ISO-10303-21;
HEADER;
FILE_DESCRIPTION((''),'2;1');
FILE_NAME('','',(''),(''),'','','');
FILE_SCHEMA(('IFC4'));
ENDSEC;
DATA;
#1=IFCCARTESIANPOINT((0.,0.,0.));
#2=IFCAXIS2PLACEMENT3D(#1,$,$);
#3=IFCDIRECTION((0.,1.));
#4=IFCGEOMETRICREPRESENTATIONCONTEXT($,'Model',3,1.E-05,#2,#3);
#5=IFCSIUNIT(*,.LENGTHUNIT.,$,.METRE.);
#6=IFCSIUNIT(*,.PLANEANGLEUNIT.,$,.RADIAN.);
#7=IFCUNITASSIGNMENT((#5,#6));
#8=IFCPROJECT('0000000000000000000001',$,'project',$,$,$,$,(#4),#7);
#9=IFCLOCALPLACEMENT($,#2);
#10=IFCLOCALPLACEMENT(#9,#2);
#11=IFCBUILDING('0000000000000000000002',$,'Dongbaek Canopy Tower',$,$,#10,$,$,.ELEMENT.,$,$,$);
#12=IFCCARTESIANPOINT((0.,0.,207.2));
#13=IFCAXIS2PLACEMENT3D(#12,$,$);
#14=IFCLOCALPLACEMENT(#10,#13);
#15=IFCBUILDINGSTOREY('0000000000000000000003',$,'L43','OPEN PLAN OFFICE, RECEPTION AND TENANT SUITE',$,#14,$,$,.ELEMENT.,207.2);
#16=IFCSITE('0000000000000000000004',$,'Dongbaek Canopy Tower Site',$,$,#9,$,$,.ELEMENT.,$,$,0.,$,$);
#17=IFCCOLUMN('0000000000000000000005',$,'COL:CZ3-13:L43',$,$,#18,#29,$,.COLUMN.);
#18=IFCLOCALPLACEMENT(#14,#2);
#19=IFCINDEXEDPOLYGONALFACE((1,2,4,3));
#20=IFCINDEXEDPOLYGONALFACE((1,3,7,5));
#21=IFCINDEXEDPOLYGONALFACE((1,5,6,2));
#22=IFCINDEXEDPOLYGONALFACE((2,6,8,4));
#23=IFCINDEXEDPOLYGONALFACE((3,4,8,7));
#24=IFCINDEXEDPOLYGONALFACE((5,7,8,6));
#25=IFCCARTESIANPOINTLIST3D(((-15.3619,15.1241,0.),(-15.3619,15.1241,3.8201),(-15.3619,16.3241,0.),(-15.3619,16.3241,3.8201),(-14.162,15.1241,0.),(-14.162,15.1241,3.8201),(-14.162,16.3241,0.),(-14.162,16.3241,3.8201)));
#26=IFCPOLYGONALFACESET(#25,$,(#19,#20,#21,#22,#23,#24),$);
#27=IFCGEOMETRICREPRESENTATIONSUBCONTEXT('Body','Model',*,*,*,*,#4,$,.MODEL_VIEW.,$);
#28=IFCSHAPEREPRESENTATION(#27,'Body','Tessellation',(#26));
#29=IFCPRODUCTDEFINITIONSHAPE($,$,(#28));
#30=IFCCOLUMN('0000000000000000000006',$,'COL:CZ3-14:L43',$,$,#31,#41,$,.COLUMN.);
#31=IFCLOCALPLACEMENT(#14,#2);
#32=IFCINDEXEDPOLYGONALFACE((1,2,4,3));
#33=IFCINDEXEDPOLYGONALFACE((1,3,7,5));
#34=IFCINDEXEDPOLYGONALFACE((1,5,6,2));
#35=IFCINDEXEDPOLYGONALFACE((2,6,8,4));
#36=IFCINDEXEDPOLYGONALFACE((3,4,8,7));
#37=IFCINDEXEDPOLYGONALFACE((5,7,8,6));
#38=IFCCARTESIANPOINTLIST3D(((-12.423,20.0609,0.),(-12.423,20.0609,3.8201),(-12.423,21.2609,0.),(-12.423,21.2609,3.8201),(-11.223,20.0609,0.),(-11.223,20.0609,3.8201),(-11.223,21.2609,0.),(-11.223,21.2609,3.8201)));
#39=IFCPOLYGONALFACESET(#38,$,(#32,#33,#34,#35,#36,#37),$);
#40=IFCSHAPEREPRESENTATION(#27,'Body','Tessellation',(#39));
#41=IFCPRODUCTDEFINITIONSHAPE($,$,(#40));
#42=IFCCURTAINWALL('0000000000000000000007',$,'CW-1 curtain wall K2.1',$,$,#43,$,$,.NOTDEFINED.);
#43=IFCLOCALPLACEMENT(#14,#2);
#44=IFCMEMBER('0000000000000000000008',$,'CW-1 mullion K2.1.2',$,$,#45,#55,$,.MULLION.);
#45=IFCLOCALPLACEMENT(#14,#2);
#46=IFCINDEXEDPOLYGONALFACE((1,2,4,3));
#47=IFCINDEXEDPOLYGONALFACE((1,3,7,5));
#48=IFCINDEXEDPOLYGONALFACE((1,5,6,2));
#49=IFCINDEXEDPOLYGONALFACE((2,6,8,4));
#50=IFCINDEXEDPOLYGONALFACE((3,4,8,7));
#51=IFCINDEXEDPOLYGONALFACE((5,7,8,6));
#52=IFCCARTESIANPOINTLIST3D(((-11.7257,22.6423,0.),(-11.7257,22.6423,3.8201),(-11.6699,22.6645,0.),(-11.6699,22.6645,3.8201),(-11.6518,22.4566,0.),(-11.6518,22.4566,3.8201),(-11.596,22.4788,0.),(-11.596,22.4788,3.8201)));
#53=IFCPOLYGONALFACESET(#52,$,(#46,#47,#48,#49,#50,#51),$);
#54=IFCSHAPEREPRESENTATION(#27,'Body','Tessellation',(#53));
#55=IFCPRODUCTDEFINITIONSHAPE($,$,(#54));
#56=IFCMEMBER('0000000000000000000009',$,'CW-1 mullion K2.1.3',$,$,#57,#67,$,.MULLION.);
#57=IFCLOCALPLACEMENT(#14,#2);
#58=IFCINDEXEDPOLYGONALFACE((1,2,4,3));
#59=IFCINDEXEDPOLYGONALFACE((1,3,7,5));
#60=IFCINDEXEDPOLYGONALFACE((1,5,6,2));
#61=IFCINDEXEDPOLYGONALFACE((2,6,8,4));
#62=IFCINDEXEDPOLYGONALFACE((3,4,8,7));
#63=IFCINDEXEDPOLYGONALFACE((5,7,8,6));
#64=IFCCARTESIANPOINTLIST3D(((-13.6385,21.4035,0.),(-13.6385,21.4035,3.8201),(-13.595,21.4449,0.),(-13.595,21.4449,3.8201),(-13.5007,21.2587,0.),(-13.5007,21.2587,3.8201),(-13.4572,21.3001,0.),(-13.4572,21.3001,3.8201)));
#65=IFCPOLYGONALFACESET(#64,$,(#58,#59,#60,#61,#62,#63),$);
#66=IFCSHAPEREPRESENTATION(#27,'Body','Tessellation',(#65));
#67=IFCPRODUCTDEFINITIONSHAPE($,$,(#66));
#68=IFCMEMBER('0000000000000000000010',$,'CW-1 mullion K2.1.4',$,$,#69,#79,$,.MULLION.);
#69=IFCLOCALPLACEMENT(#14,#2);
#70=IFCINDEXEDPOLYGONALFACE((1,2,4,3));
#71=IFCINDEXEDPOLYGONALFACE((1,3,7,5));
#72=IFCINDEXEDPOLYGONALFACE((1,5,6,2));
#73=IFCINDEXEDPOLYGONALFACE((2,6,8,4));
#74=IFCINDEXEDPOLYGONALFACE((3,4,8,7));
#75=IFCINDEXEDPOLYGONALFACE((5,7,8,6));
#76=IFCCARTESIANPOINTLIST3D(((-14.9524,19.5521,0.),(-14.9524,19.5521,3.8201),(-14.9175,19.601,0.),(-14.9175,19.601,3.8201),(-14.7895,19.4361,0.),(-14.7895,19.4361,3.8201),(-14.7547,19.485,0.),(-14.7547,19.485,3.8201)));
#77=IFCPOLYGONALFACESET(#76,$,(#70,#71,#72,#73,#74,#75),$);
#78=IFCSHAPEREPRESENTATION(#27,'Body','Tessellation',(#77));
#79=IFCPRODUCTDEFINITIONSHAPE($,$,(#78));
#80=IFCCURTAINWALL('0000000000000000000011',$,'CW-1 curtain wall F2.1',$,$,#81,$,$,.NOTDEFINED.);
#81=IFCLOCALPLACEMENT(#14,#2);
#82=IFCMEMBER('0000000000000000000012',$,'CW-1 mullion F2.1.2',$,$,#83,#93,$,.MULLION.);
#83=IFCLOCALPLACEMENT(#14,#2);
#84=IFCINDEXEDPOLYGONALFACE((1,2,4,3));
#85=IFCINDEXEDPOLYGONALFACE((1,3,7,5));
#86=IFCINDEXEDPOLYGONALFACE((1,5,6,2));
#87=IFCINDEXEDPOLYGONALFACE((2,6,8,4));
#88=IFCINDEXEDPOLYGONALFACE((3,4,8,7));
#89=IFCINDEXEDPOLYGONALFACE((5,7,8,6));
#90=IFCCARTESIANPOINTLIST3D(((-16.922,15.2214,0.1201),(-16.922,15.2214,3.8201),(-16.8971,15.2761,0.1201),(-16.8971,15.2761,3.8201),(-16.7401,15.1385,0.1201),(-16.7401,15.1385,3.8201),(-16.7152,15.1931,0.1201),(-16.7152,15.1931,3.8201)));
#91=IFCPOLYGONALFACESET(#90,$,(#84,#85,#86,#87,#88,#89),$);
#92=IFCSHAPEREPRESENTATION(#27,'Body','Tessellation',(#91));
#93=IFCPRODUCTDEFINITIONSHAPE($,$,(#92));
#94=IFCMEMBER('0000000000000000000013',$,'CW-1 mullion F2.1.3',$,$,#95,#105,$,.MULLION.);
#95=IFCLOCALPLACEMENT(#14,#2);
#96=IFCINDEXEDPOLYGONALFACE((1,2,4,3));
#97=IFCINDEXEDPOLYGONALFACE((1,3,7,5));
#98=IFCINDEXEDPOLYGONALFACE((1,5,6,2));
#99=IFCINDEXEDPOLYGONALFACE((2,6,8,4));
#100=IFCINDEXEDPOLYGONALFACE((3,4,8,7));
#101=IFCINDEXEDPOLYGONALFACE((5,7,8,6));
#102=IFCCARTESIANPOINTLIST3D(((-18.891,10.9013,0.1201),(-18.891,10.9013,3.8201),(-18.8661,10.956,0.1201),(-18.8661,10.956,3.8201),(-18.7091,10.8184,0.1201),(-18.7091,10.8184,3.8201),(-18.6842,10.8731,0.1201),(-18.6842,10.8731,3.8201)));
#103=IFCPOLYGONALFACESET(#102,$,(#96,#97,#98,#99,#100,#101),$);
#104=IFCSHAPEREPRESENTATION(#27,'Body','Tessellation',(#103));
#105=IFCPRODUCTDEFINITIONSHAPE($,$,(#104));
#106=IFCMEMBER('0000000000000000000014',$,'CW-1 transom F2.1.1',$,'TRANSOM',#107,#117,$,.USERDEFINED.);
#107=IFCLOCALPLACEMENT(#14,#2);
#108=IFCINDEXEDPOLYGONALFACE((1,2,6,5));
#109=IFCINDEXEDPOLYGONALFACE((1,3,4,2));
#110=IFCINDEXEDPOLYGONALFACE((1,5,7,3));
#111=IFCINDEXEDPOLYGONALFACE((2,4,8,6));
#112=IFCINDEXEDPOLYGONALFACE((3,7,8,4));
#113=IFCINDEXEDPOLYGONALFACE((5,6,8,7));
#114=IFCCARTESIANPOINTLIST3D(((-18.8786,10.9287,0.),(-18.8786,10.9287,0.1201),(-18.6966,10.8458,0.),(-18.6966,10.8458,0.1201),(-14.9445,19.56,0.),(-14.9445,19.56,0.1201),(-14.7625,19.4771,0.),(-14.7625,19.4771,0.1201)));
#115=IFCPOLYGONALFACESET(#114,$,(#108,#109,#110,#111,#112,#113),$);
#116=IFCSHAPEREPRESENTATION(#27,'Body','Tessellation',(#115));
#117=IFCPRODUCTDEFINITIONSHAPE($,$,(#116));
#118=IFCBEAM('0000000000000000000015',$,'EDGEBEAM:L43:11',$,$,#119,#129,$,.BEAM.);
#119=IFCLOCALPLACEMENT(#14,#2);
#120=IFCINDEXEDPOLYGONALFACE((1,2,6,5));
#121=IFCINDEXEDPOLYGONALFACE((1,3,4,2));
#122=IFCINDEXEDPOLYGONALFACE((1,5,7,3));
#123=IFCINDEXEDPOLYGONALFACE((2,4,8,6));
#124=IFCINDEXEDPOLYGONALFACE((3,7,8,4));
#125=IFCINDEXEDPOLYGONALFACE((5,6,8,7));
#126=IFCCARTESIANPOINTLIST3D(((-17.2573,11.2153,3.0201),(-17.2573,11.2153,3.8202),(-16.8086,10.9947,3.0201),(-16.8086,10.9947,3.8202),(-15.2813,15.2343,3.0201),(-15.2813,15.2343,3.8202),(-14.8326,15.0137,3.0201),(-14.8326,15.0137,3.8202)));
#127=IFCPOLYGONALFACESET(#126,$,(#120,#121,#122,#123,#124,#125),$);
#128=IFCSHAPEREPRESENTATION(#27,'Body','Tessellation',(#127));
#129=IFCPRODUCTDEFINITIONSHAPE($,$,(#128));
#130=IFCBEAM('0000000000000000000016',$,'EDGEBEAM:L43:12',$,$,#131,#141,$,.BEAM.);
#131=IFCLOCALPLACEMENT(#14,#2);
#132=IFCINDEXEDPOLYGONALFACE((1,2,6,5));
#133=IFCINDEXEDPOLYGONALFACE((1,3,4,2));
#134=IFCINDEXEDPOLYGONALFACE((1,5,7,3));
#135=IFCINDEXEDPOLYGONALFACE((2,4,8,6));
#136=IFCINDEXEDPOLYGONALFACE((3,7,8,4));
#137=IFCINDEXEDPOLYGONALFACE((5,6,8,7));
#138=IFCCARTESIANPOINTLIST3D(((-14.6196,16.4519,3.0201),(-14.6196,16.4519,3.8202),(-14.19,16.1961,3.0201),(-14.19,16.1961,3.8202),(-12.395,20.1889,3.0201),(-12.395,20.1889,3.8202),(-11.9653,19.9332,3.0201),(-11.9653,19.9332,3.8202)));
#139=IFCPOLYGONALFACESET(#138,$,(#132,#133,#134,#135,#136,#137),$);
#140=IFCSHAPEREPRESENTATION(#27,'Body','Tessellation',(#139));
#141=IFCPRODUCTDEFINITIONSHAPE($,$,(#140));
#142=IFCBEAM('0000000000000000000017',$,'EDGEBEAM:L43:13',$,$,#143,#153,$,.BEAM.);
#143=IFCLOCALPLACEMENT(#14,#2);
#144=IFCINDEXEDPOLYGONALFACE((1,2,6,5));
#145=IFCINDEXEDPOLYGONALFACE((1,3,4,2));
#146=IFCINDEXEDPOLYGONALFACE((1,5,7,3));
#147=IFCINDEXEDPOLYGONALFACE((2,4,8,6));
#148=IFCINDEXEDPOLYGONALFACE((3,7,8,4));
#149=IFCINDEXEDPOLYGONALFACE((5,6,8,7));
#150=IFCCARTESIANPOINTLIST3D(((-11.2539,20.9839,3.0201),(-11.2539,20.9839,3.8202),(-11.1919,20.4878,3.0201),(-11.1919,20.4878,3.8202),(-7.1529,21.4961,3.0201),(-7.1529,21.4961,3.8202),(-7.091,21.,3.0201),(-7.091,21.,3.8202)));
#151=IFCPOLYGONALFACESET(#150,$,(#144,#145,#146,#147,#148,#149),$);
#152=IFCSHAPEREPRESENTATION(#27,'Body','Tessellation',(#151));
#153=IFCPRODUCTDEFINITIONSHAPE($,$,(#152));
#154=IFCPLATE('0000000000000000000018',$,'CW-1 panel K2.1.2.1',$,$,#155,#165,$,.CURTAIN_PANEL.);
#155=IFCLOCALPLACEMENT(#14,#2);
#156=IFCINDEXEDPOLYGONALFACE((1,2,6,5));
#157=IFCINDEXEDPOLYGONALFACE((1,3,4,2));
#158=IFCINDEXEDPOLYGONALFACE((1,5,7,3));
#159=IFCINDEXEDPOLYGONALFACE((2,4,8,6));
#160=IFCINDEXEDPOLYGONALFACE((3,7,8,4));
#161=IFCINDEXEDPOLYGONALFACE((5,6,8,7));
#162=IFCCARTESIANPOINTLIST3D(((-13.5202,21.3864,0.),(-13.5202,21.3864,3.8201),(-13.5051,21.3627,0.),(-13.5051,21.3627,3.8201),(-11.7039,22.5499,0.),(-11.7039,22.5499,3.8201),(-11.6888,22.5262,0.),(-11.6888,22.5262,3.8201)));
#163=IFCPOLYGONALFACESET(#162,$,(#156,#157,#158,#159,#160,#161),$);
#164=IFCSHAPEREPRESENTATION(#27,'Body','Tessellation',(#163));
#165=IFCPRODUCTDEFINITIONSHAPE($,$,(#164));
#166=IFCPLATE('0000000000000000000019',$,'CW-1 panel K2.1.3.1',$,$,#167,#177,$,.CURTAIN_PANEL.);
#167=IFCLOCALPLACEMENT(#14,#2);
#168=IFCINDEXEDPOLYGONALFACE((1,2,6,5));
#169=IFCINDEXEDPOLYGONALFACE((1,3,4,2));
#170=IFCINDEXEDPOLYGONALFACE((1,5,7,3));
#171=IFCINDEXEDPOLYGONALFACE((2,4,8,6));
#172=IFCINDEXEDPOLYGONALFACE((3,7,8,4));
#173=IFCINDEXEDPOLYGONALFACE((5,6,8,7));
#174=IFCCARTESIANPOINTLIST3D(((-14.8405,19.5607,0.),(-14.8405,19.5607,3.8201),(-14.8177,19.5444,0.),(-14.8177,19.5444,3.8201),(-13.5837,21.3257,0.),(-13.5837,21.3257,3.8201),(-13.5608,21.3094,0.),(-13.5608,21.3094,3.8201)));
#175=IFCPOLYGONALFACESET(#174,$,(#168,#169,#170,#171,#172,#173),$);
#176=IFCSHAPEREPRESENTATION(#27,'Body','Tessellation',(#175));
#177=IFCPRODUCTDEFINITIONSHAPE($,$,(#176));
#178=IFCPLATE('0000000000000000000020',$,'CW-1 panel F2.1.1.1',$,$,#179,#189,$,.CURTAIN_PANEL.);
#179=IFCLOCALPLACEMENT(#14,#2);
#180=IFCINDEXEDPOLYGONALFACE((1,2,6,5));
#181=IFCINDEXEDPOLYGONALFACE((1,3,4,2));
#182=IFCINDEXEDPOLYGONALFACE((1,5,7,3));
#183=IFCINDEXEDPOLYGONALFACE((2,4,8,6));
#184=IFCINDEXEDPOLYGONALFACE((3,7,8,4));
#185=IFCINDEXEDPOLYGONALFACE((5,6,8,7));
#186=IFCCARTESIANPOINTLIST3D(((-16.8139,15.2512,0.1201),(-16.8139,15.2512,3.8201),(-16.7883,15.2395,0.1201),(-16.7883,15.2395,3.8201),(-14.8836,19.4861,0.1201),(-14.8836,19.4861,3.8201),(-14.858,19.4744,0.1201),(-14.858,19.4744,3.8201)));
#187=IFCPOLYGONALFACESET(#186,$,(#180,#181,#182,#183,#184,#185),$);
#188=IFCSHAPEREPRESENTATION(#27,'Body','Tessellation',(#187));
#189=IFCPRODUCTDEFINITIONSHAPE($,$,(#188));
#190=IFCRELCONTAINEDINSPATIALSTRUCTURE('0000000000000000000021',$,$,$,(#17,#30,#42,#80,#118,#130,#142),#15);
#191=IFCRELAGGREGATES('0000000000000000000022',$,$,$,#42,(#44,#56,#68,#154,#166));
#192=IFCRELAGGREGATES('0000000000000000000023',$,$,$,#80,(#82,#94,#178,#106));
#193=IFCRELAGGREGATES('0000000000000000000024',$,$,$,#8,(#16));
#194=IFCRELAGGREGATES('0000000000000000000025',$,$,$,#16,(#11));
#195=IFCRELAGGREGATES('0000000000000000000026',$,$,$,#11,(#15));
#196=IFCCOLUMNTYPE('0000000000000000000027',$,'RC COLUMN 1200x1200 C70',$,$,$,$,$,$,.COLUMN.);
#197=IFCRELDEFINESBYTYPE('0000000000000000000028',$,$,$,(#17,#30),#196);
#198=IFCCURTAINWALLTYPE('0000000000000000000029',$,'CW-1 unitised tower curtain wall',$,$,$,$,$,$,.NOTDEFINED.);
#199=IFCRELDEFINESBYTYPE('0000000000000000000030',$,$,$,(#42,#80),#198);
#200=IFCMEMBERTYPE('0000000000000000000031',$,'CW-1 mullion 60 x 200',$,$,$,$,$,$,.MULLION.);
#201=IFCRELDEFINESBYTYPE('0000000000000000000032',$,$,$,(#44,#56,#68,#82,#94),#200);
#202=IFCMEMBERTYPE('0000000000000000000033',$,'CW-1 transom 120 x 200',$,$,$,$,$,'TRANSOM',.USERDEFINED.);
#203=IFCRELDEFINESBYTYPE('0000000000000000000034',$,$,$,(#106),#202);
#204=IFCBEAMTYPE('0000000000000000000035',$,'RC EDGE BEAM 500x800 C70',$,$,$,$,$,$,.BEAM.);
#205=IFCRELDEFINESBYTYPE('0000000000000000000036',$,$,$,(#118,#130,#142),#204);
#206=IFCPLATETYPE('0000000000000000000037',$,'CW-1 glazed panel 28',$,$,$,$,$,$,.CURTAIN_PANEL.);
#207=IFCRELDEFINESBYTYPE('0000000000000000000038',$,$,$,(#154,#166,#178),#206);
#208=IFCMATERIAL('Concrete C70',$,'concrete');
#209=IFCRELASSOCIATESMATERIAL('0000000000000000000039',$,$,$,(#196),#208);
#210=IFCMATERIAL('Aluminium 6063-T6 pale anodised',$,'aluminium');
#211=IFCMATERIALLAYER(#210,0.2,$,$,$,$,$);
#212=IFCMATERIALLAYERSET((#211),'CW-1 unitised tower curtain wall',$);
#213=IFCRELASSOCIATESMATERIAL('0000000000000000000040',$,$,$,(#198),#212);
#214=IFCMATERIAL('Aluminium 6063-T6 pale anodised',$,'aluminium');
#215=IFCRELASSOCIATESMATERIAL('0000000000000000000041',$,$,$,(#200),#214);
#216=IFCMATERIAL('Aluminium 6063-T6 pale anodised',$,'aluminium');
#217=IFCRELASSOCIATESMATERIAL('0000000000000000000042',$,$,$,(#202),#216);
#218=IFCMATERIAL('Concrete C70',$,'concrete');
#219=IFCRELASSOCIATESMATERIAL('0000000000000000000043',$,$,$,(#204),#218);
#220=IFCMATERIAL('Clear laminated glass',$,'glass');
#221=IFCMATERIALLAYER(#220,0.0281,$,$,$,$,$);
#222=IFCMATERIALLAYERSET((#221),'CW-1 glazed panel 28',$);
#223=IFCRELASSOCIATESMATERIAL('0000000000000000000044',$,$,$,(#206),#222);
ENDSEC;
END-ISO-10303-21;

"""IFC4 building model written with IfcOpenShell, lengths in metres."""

from ifc_helpers import new_model, si_unit, direction, frame, origin, origin_2d, place, context, subcontext, project, spatial, rectangle, extrude, material, layer, layer_set, material_profile, profile_set, type_object, element, aggregate, save


model = new_model("IFC4")

# Units and contexts
model_context = context("Model", 3, precision=1e-05, world=origin(), true_north=direction((0.0, 1.0)))
body_context = subcontext(model_context, "Body", "Model", "MODEL_VIEW")
ifc_project = project(units=[si_unit("LENGTHUNIT", "METRE"), si_unit("PLANEANGLEUNIT", "RADIAN")], contexts=[model_context])

# Site, building, storey
site_placement = place(None, origin())
site = spatial("IfcSite", under=ifc_project, at=site_placement, Name="Dongbaek Canopy Tower Site", CompositionType="ELEMENT", RefElevation=0.0)
building_placement = place(site_placement, origin())
building = spatial("IfcBuilding", under=site, at=building_placement, Name="Dongbaek Canopy Tower", CompositionType="ELEMENT")
storey_placement = place(building_placement, frame((0.0, 0.0, 207.2)))
storey = spatial("IfcBuildingStorey", under=building, at=storey_placement, Name="L43", Description="OPEN PLAN OFFICE, RECEPTION AND TENANT SUITE", CompositionType="ELEMENT", Elevation=207.2)

# Columns
ifc_material_1 = material(Name="Concrete C70", Category="concrete")
ifc_material_profile_1 = material_profile(ifc_material_1, rectangle(XDim=1.2, YDim=1.2, at=origin_2d()), Name="RC COLUMN 1200x1200 C70")
ifc_profile_set_1 = profile_set([ifc_material_profile_1], Name="Concrete C70")
column_type = type_object("IfcColumnType", Name="RC COLUMN 1200x1200 C70", PredefinedType="COLUMN", material=ifc_profile_set_1)
for number, where, z_axis, x_axis, name in (
    (1, (-14.762, 15.7241, 0.0), (0.0, 0.0, 1.0), (1.0, 0.0, 0.0), "COL:CZ3-13:L43"),
    (2, (-11.823, 20.6609, 0.0), (0.0, 0.0, 1.0), (1.0, 0.0, 0.0), "COL:CZ3-14:L43"),
):
    element("IfcColumn", number, at=place(storey_placement, frame(where, z_axis=z_axis, x_axis=x_axis)), inside=storey, type_object=column_type, Name=name, PredefinedType="COLUMN", context=body_context, shape_type="SweptSolid", body=[
        extrude(rectangle(XDim=1.2, YDim=1.2, at=origin_2d()), origin(), (0.0, 0.0, 1.0), 3.8201),
    ])

# Curtain walls, members
ifc_material_2 = material(Name="Aluminium 6063-T6 pale anodised", Category="aluminium")
ifc_layer_1 = layer(ifc_material_2, 0.2)
ifc_layer_set_1 = layer_set([ifc_layer_1], Name="CW-1 unitised tower curtain wall")
curtain_wall_type = type_object("IfcCurtainWallType", Name="CW-1 unitised tower curtain wall", PredefinedType="NOTDEFINED", material=ifc_layer_set_1)
curtain_wall_1_placement = place(storey_placement, origin())
curtain_wall_1 = element("IfcCurtainWall", 3, at=curtain_wall_1_placement, inside=storey, type_object=curtain_wall_type, Name="CW-1 curtain wall K2.1", PredefinedType="NOTDEFINED")
ifc_material_3 = material(Name="Aluminium 6063-T6 pale anodised", Category="aluminium")
ifc_material_profile_2 = material_profile(ifc_material_3, rectangle(XDim=0.2, YDim=0.0601, at=origin_2d()), Name="CW-1 mullion 60 x 200")
ifc_profile_set_2 = profile_set([ifc_material_profile_2], Name="Aluminium 6063-T6 pale anodised")
member_type_1 = type_object("IfcMemberType", Name="CW-1 mullion 60 x 200", PredefinedType="MULLION", material=ifc_profile_set_2)
member_1_placement = place(storey_placement, frame((-11.6609, 22.5605, 0.0), z_axis=(0.0, 0.0, 1.0), x_axis=(-0.369611, 0.929187, 0.0)))
member_1 = element("IfcMember", 4, at=member_1_placement, type_object=member_type_1, Name="CW-1 mullion K2.1.2", PredefinedType="MULLION", context=body_context, shape_type="SweptSolid", body=[
    extrude(rectangle(XDim=0.2, YDim=0.0601, at=origin_2d()), origin(), (0.0, 0.0, 1.0), 3.8201),
])
member_2_placement = place(storey_placement, frame((-13.5479, 21.3518, 0.0), z_axis=(0.0, 0.0, 1.0), x_axis=(-0.689542, 0.724246, 0.0)))
member_2 = element("IfcMember", 5, at=member_2_placement, type_object=member_type_1, Name="CW-1 mullion K2.1.3", PredefinedType="MULLION", context=body_context, shape_type="SweptSolid", body=[
    extrude(rectangle(XDim=0.2, YDim=0.0601, at=origin_2d()), origin(), (0.0, 0.0, 1.0), 3.8201),
])
member_3_placement = place(storey_placement, frame((-14.8535, 19.5186, 0.0), z_axis=(0.0, 0.0, 1.0), x_axis=(-0.814571, 0.580064, 0.0)))
member_3 = element("IfcMember", 6, at=member_3_placement, type_object=member_type_1, Name="CW-1 mullion K2.1.4", PredefinedType="MULLION", context=body_context, shape_type="SweptSolid", body=[
    extrude(rectangle(XDim=0.2, YDim=0.0601, at=origin_2d()), origin(), (0.0, 0.0, 1.0), 3.8201),
])
curtain_wall_2_placement = place(storey_placement, origin())
curtain_wall_2 = element("IfcCurtainWall", 7, at=curtain_wall_2_placement, inside=storey, type_object=curtain_wall_type, Name="CW-1 curtain wall F2.1", PredefinedType="NOTDEFINED")
member_4_placement = place(storey_placement, frame((-16.8186, 15.2073, 0.1201), z_axis=(0.0, 0.0, 1.0), x_axis=(-0.909933, 0.414755, 0.0)))
member_4 = element("IfcMember", 8, at=member_4_placement, type_object=member_type_1, Name="CW-1 mullion F2.1.2", PredefinedType="MULLION", context=body_context, shape_type="SweptSolid", body=[
    extrude(rectangle(XDim=0.2, YDim=0.0601, at=origin_2d()), origin(), (0.0, 0.0, 1.0), 3.7),
])
member_5_placement = place(storey_placement, frame((-18.7876, 10.8872, 0.1201), z_axis=(0.0, 0.0, 1.0), x_axis=(-0.909933, 0.414755, 0.0)))
member_5 = element("IfcMember", 9, at=member_5_placement, type_object=member_type_1, Name="CW-1 mullion F2.1.3", PredefinedType="MULLION", context=body_context, shape_type="SweptSolid", body=[
    extrude(rectangle(XDim=0.2, YDim=0.0601, at=origin_2d()), origin(), (0.0, 0.0, 1.0), 3.7),
])
ifc_material_4 = material(Name="Aluminium 6063-T6 pale anodised", Category="aluminium")
ifc_material_profile_3 = material_profile(ifc_material_4, rectangle(XDim=0.2, YDim=0.1201, at=origin_2d()), Name="CW-1 transom 120 x 200")
ifc_profile_set_3 = profile_set([ifc_material_profile_3], Name="Aluminium 6063-T6 pale anodised")
member_type_2 = type_object("IfcMemberType", Name="CW-1 transom 120 x 200", ElementType="TRANSOM", PredefinedType="USERDEFINED", material=ifc_profile_set_3)
member_6_placement = place(storey_placement, frame((-14.8535, 19.5186, 0.0601), z_axis=(-0.414741, -0.909939, 0.0), x_axis=(0.909939, -0.414741, 0.0)))
member_6 = element("IfcMember", 10, at=member_6_placement, type_object=member_type_2, Name="CW-1 transom F2.1.1", ObjectType="TRANSOM", PredefinedType="USERDEFINED", context=body_context, shape_type="SweptSolid", body=[
    extrude(rectangle(XDim=0.2, YDim=0.1201, at=origin_2d()), origin(), (0.0, 0.0, 1.0), 9.4856),
])

# Beams
ifc_material_5 = material(Name="Concrete C70", Category="concrete")
ifc_material_profile_4 = material_profile(ifc_material_5, rectangle(XDim=0.5, YDim=0.8, at=origin_2d()), Name="RC EDGE BEAM 500x800 C70")
ifc_profile_set_4 = profile_set([ifc_material_profile_4], Name="Concrete C70")
beam_type = type_object("IfcBeamType", Name="RC EDGE BEAM 500x800 C70", PredefinedType="BEAM", material=ifc_profile_set_4)
beam_1_placement = place(storey_placement, frame((-17.033, 11.105, 3.4202), z_axis=(0.441229, 0.897395, 0.0), x_axis=(-0.897395, 0.441229, 0.0)))
element("IfcBeam", 11, at=beam_1_placement, inside=storey, type_object=beam_type, Name="EDGEBEAM:L43:11", PredefinedType="BEAM", context=body_context, shape_type="SweptSolid", body=[
    extrude(rectangle(XDim=0.5, YDim=0.8, at=origin_2d()), origin(), (0.0, 0.0, 1.0), 4.4785),
])
beam_2_placement = place(storey_placement, frame((-14.4048, 16.324, 3.4202), z_axis=(0.511512, 0.859276, 0.0), x_axis=(-0.859276, 0.511512, 0.0)))
element("IfcBeam", 12, at=beam_2_placement, inside=storey, type_object=beam_type, Name="EDGEBEAM:L43:12", PredefinedType="BEAM", context=body_context, shape_type="SweptSolid", body=[
    extrude(rectangle(XDim=0.5, YDim=0.8, at=origin_2d()), origin(), (0.0, 0.0, 1.0), 4.3491),
])
beam_3_placement = place(storey_placement, frame((-11.2229, 20.7358, 3.4202), z_axis=(0.99229, 0.12394, 0.0), x_axis=(-0.12394, 0.99229, 0.0)))
element("IfcBeam", 13, at=beam_3_placement, inside=storey, type_object=beam_type, Name="EDGEBEAM:L43:13", PredefinedType="BEAM", context=body_context, shape_type="SweptSolid", body=[
    extrude(rectangle(XDim=0.5, YDim=0.8, at=origin_2d()), origin(), (0.0, 0.0, 1.0), 4.1328),
])

# Plates
ifc_material_6 = material(Name="Clear laminated glass", Category="glass")
ifc_layer_2 = layer(ifc_material_6, 0.0281)
ifc_layer_set_2 = layer_set([ifc_layer_2], Name="CW-1 glazed panel 28")
plate_type = type_object("IfcPlateType", Name="CW-1 glazed panel 28", PredefinedType="CURTAIN_PANEL", material=ifc_layer_set_2)
plate_1_placement = place(storey_placement, frame((-12.6045, 21.9563, 0.0), z_axis=(0.0, 0.0, 1.0), x_axis=(-0.84205, -0.539399, 0.0)))
plate_1 = element("IfcPlate", 14, at=plate_1_placement, type_object=plate_type, Name="CW-1 panel K2.1.2.1", PredefinedType="CURTAIN_PANEL", context=body_context, shape_type="SweptSolid", body=[
    extrude(rectangle(XDim=2.157, YDim=0.0281, at=origin_2d()), origin(), (0.0, 0.0, 1.0), 3.8201),
])
plate_2_placement = place(storey_placement, frame((-14.2007, 20.4351, 0.0), z_axis=(0.0, 0.0, 1.0), x_axis=(-0.580064, -0.814571, 0.0)))
plate_2 = element("IfcPlate", 15, at=plate_2_placement, type_object=plate_type, Name="CW-1 panel K2.1.3.1", PredefinedType="CURTAIN_PANEL", context=body_context, shape_type="SweptSolid", body=[
    extrude(rectangle(XDim=2.1667, YDim=0.0281, at=origin_2d()), origin(), (0.0, 0.0, 1.0), 3.8201),
])
aggregate(curtain_wall_1, [member_1, member_2, member_3, plate_1, plate_2])
plate_3_placement = place(storey_placement, frame((-15.8359, 17.3628, 0.1201), z_axis=(0.0, 0.0, 1.0), x_axis=(-0.414755, -0.909933, 0.0)))
plate_3 = element("IfcPlate", 16, at=plate_3_placement, type_object=plate_type, Name="CW-1 panel F2.1.1.1", PredefinedType="CURTAIN_PANEL", context=body_context, shape_type="SweptSolid", body=[
    extrude(rectangle(XDim=4.6541, YDim=0.0281, at=origin_2d()), origin(), (0.0, 0.0, 1.0), 3.7),
])

aggregate(curtain_wall_2, [member_4, member_5, plate_3, member_6])

save(model, "model.ifc")
